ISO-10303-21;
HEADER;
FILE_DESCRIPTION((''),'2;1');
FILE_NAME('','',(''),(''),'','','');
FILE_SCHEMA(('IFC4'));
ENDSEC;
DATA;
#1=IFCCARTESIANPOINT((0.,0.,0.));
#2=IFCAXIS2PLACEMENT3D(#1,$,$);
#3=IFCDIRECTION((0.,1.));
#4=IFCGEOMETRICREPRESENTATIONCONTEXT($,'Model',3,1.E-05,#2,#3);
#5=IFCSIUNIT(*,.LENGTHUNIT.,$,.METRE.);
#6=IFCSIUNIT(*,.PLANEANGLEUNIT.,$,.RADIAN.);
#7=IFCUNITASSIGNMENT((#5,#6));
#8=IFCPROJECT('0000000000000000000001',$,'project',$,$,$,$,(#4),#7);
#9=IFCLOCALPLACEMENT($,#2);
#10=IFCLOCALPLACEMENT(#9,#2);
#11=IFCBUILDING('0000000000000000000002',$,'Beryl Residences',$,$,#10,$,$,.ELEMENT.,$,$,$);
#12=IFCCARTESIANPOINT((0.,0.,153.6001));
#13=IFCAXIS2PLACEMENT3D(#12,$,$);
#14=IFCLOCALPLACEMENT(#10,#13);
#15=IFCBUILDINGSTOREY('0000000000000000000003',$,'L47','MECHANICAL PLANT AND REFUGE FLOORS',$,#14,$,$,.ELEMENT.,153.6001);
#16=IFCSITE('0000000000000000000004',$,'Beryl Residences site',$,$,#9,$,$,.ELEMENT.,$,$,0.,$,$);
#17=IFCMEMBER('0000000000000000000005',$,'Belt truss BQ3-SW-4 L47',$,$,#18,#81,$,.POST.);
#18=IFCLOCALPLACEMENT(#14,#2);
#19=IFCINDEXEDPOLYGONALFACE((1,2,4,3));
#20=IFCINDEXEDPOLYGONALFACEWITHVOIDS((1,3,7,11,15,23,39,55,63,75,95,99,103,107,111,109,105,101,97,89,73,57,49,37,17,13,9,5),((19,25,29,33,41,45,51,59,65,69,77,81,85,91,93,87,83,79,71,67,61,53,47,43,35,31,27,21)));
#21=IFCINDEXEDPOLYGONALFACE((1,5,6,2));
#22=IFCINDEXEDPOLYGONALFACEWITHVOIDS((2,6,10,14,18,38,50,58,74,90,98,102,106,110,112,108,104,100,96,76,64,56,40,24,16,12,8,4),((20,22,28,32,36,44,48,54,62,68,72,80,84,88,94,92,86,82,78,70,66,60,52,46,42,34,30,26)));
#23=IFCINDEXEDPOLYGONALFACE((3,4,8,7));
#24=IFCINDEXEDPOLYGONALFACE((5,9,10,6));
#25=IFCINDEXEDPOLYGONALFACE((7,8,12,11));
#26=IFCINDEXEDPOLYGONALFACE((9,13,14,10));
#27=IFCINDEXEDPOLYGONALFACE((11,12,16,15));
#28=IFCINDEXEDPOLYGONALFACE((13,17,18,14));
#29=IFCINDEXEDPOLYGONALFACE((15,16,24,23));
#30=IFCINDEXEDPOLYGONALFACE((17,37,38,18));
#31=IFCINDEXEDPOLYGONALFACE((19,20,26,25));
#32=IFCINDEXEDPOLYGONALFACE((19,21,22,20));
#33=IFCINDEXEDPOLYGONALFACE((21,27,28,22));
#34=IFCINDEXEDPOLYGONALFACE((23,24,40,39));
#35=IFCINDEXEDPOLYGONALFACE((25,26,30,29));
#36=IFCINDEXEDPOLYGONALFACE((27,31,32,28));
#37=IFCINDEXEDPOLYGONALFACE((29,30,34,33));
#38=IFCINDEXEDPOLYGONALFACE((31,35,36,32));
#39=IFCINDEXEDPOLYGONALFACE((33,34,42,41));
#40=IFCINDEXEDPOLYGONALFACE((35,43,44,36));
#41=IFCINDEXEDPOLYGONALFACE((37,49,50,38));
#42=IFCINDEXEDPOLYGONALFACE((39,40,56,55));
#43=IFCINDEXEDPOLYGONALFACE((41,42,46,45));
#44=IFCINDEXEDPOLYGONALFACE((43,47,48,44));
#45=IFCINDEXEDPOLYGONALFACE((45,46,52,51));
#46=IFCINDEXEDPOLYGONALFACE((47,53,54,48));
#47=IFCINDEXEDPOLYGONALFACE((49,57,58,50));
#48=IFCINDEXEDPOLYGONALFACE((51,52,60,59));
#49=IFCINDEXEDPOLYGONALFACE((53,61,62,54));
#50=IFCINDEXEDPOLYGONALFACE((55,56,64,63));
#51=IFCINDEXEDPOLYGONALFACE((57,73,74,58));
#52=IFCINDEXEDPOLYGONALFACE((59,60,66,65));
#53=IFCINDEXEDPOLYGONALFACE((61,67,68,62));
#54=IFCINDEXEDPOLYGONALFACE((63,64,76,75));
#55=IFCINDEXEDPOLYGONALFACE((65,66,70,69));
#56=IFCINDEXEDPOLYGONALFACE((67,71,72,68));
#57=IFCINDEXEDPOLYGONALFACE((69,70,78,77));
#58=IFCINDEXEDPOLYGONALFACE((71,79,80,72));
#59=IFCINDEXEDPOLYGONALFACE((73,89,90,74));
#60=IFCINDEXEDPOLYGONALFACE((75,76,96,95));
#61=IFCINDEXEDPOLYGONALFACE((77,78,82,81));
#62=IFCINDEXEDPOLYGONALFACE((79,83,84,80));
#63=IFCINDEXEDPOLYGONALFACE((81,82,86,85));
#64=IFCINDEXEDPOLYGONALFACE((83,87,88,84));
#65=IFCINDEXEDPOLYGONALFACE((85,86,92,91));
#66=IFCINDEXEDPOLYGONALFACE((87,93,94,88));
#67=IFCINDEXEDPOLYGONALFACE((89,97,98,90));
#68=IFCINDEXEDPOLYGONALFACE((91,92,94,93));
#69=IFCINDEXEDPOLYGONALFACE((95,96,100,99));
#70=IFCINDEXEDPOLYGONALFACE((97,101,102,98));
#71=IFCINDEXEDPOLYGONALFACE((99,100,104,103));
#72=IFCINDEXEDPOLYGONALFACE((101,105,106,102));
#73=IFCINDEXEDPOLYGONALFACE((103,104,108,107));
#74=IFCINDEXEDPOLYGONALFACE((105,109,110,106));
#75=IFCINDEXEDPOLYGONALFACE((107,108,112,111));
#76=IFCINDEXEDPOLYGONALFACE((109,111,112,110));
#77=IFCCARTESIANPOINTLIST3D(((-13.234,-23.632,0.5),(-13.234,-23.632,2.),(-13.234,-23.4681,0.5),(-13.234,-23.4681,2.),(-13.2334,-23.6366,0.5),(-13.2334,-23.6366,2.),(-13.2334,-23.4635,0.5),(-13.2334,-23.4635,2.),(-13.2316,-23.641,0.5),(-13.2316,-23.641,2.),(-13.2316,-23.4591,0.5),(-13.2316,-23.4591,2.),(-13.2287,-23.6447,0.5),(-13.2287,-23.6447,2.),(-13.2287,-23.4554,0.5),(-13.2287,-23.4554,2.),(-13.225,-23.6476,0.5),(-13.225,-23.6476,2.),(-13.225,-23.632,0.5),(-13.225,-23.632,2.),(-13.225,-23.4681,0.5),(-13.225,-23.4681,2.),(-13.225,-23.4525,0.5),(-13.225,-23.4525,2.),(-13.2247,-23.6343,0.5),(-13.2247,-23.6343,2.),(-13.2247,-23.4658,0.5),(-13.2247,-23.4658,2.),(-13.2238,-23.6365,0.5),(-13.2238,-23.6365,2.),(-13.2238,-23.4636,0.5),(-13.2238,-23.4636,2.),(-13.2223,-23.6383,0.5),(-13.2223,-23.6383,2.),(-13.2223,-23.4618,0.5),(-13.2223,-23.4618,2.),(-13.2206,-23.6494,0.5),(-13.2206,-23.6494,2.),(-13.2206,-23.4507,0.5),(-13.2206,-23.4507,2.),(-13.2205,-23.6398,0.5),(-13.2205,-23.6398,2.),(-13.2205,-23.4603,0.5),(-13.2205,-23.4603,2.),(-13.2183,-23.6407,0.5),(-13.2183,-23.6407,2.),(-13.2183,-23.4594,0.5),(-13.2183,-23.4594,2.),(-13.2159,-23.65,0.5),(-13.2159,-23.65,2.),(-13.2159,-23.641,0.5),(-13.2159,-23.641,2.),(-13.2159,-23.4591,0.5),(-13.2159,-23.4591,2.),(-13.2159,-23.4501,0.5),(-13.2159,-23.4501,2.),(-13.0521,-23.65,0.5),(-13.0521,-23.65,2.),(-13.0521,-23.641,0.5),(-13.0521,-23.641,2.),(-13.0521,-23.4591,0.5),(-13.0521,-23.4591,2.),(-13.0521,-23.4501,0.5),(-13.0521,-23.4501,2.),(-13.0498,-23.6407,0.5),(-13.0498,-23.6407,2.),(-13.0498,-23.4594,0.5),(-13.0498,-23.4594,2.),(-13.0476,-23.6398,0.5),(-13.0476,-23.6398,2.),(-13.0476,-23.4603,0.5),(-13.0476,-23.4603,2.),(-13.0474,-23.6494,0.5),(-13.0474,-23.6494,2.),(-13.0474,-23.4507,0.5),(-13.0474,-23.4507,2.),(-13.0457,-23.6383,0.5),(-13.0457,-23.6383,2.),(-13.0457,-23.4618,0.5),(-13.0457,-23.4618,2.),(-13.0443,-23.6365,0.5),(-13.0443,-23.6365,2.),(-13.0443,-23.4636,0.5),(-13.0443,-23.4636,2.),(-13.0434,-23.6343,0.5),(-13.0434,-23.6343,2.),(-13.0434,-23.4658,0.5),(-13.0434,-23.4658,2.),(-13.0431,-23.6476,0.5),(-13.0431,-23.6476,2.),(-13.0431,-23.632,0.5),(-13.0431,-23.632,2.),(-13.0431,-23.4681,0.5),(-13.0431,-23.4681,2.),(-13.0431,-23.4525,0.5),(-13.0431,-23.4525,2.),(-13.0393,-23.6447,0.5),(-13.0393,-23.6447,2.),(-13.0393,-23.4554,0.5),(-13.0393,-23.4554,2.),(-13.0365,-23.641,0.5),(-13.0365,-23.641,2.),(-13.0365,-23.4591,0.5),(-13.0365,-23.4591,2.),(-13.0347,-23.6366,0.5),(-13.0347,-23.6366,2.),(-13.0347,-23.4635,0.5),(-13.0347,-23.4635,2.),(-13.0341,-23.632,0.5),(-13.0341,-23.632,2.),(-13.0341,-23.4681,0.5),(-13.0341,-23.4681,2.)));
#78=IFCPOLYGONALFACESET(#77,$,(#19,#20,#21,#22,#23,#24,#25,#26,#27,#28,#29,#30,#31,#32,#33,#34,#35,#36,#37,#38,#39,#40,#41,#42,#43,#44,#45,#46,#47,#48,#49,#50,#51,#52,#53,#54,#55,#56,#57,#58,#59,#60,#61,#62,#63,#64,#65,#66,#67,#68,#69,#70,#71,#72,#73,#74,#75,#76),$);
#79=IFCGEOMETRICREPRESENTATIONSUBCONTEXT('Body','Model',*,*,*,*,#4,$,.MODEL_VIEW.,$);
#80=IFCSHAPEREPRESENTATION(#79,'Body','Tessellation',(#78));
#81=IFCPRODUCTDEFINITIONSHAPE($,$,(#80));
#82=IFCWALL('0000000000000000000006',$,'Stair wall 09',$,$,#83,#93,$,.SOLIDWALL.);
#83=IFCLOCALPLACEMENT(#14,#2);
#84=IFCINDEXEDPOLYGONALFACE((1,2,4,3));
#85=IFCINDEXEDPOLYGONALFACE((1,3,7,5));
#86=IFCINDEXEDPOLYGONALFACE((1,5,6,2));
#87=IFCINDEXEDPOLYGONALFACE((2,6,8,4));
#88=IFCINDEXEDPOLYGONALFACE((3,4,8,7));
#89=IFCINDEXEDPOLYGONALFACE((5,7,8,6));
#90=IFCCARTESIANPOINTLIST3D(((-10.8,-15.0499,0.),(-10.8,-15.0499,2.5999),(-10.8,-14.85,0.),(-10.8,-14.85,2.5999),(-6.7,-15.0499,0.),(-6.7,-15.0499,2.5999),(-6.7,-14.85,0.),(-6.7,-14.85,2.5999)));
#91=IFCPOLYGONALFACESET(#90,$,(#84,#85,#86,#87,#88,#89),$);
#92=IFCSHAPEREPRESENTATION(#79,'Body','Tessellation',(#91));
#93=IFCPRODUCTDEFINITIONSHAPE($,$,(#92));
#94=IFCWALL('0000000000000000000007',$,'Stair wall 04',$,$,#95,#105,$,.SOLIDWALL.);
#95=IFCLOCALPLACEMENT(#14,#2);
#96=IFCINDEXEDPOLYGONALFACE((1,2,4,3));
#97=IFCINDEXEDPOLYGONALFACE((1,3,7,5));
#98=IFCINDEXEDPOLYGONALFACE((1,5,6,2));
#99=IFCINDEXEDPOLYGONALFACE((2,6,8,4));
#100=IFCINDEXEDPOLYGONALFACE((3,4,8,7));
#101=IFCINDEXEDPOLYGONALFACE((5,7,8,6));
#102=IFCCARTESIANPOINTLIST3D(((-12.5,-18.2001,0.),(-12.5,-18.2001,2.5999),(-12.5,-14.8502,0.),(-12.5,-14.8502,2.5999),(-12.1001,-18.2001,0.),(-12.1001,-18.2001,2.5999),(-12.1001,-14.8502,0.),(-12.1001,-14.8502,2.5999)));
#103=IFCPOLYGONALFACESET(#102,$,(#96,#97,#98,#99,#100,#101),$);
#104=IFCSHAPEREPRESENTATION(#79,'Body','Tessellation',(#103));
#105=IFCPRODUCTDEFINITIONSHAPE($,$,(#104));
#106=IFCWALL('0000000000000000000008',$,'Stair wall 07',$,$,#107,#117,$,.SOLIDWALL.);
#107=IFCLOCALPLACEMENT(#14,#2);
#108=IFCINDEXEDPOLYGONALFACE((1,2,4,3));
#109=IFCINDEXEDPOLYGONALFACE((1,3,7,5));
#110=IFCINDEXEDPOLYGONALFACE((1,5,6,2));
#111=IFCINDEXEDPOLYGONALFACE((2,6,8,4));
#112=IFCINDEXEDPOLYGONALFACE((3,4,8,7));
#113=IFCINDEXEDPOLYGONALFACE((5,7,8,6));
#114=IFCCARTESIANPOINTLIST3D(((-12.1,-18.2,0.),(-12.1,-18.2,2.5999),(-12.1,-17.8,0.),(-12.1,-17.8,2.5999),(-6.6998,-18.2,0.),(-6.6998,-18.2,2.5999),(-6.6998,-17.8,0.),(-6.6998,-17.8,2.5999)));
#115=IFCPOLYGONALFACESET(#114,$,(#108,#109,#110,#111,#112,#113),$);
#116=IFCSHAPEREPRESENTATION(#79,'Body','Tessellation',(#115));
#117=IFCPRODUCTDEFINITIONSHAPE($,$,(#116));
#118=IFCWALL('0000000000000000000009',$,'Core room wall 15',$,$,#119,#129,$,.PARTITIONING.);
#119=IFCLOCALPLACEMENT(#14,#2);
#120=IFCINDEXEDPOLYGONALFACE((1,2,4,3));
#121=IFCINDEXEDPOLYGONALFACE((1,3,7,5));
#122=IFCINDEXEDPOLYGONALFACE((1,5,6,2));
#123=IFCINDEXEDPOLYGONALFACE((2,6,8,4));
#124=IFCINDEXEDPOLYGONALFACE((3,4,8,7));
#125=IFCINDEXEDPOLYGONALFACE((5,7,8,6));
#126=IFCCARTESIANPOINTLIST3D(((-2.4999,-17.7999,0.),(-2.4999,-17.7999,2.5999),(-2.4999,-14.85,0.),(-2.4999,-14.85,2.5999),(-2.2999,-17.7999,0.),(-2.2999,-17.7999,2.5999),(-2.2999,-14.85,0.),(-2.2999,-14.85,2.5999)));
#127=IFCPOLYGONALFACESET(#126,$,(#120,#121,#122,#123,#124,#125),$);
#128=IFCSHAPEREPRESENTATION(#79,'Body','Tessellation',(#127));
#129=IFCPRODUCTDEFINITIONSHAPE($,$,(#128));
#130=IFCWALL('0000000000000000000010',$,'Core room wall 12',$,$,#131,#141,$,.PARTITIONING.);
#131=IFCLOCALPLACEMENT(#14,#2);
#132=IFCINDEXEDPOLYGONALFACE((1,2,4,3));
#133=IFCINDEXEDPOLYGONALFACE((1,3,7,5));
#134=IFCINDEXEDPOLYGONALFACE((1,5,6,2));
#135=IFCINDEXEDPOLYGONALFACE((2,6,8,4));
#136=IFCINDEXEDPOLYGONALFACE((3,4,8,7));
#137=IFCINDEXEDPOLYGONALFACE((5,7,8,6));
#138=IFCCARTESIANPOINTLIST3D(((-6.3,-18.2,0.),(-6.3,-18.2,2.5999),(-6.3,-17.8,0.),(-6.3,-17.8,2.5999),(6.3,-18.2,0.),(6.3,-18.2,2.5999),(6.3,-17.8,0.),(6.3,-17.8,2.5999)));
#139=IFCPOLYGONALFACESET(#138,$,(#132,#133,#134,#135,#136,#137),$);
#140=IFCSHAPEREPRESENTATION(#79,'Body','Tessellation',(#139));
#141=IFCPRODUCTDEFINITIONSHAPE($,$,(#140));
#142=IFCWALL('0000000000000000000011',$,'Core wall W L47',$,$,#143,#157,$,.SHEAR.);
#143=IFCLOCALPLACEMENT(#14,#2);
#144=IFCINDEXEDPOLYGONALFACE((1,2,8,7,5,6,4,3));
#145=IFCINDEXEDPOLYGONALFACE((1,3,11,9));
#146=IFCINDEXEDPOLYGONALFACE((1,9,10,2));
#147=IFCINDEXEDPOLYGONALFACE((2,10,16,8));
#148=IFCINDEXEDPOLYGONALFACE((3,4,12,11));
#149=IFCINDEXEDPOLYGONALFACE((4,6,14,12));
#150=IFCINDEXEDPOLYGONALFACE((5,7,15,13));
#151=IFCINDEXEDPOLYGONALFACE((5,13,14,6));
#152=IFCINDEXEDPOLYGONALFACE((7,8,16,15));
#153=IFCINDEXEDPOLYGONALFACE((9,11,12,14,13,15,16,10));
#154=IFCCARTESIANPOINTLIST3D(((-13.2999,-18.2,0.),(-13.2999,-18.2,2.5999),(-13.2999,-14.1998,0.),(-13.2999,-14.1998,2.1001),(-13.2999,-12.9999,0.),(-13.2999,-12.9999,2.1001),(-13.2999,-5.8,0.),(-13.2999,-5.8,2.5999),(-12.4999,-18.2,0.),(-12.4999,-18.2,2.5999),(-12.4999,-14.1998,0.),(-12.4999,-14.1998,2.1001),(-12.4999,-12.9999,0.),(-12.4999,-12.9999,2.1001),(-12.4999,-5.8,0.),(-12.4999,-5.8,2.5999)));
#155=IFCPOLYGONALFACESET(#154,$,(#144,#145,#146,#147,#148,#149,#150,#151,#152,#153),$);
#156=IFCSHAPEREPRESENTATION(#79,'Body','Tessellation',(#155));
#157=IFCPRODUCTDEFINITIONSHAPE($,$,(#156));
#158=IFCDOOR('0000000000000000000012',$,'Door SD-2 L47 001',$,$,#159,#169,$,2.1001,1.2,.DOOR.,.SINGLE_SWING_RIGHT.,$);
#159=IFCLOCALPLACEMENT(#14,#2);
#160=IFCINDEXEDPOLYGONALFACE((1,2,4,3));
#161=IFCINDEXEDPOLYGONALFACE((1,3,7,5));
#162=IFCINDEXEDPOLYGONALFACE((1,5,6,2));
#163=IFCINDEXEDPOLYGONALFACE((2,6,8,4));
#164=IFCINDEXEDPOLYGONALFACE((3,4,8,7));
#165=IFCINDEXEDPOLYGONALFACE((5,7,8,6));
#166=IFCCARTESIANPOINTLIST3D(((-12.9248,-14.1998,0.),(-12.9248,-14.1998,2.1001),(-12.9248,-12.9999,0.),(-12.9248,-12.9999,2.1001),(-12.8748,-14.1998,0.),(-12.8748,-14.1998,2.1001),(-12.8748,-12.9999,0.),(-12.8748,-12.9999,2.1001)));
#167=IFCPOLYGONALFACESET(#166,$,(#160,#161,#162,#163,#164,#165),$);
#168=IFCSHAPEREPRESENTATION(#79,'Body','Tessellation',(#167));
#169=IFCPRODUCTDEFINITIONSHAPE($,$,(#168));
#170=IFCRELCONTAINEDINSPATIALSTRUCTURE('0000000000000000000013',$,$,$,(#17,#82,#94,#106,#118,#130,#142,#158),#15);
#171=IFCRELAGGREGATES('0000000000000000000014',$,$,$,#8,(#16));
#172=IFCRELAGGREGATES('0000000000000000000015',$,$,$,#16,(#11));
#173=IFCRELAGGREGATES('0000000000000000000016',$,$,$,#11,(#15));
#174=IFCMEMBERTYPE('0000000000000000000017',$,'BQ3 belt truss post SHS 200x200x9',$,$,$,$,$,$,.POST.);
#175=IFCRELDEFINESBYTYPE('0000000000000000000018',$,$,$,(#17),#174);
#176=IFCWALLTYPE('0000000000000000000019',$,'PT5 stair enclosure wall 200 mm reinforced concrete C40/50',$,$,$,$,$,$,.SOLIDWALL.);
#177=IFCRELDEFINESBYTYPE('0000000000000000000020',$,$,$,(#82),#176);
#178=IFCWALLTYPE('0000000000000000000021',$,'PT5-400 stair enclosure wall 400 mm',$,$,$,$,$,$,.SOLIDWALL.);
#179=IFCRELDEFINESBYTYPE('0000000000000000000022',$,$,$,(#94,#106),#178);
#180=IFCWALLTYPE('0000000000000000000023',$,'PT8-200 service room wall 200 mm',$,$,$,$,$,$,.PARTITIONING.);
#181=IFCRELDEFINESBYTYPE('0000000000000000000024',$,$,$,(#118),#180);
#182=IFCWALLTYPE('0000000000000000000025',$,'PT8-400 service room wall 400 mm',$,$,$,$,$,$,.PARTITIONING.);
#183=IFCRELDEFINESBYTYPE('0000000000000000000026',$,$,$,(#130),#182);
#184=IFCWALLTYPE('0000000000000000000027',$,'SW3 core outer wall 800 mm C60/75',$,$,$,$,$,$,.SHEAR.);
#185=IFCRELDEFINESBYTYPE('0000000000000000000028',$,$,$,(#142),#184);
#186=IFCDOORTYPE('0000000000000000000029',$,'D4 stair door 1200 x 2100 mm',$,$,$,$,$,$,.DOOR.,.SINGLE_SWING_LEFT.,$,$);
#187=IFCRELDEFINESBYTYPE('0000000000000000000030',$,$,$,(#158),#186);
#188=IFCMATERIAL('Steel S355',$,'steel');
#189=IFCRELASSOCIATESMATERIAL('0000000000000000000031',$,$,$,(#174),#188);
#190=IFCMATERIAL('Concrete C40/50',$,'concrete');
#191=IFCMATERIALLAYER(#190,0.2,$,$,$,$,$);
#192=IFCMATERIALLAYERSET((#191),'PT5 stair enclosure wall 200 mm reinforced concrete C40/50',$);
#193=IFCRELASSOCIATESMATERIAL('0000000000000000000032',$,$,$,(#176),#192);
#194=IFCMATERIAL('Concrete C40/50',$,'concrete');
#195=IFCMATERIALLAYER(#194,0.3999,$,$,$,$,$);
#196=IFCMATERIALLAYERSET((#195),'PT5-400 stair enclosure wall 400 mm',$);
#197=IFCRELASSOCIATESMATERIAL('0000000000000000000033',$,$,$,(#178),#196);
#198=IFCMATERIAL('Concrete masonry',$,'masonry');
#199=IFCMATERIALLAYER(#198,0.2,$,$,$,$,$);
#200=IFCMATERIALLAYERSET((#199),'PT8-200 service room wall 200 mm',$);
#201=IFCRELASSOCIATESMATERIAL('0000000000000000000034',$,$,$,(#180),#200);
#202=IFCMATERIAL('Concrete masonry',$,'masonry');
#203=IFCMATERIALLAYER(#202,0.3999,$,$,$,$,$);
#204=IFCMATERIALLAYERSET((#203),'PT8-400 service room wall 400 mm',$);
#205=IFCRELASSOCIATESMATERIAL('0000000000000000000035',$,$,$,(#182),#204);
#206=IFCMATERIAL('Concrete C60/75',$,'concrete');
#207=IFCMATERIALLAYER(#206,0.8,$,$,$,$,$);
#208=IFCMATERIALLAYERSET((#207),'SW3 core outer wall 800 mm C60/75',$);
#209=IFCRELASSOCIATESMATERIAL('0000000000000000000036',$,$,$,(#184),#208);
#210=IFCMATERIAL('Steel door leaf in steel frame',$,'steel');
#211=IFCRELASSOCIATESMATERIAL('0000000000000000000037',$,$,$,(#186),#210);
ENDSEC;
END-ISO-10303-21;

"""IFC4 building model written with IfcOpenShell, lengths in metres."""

from ifc_helpers import new_model, si_unit, direction, frame, frame_2d, origin, origin_2d, place, context, subcontext, project, spatial, rectangle, hollow_rectangle, extrude, material, layer, layer_set, material_profile, profile_set, type_object, element, fill, save


model = new_model("IFC4")

# Units and contexts
model_context = context("Model", 3, precision=1e-05, world=origin(), true_north=direction((0.0, 1.0)))
body_context = subcontext(model_context, "Body", "Model", "MODEL_VIEW")
ifc_project = project(units=[si_unit("LENGTHUNIT", "METRE"), si_unit("PLANEANGLEUNIT", "RADIAN")], contexts=[model_context])

# Site, building, storey
site_placement = place(None, origin())
site = spatial("IfcSite", under=ifc_project, at=site_placement, Name="Beryl Residences site", CompositionType="ELEMENT", RefElevation=0.0)
building_placement = place(site_placement, origin())
building = spatial("IfcBuilding", under=site, at=building_placement, Name="Beryl Residences", CompositionType="ELEMENT")
storey_placement = place(building_placement, frame((0.0, 0.0, 153.6001)))
storey = spatial("IfcBuildingStorey", under=building, at=storey_placement, Name="L47", Description="MECHANICAL PLANT AND REFUGE FLOORS", CompositionType="ELEMENT", Elevation=153.6001)

# Member
ifc_material_1 = material(Name="Steel S355", Category="steel")
ifc_material_profile = material_profile(ifc_material_1, hollow_rectangle(XDim=0.2, YDim=0.2, WallThickness=0.009, InnerFilletRadius=0.009, OuterFilletRadius=0.0181, at=origin_2d()))
ifc_profile_set = profile_set([ifc_material_profile], Name="Steel S355")
member_type = type_object("IfcMemberType", Name="BQ3 belt truss post SHS 200x200x9", PredefinedType="POST", material=ifc_profile_set)
member_placement = place(storey_placement, frame((-13.134, -23.55, 0.5), z_axis=(0.0, 0.0, 1.0), x_axis=(1.0, 0.0, 0.0)))
element("IfcMember", 1, at=member_placement, inside=storey, type_object=member_type, Name="Belt truss BQ3-SW-4 L47", PredefinedType="POST", context=body_context, shape_type="SweptSolid", body=[
    extrude(hollow_rectangle(XDim=0.2, YDim=0.2, WallThickness=0.009, InnerFilletRadius=0.009, OuterFilletRadius=0.0181, at=origin_2d()), origin(), (0.0, 0.0, 1.0), 1.5),
])

# Walls
ifc_material_2 = material(Name="Concrete C40/50", Category="concrete")
ifc_layer_1 = layer(ifc_material_2, 0.2)
ifc_layer_set_1 = layer_set([ifc_layer_1], Name="PT5 stair enclosure wall 200 mm reinforced concrete C40/50")
wall_type_1 = type_object("IfcWallType", Name="PT5 stair enclosure wall 200 mm reinforced concrete C40/50", PredefinedType="SOLIDWALL", material=ifc_layer_set_1)
wall_1_placement = place(storey_placement, frame((-10.8, -14.95, 0.0), z_axis=(0.0, 0.0, 1.0), x_axis=(1.0, 0.0, 0.0)))
element("IfcWall", 2, at=wall_1_placement, inside=storey, type_object=wall_type_1, Name="Stair wall 09", PredefinedType="SOLIDWALL", context=body_context, shape_type="SweptSolid", body=[
    extrude(rectangle(XDim=4.1001, YDim=0.2, at=frame_2d((2.05, 0.0))), origin(), (0.0, 0.0, 1.0), 2.5999),
])
ifc_material_3 = material(Name="Concrete C40/50", Category="concrete")
ifc_layer_2 = layer(ifc_material_3, 0.3999)
ifc_layer_set_2 = layer_set([ifc_layer_2], Name="PT5-400 stair enclosure wall 400 mm")
wall_type_2 = type_object("IfcWallType", Name="PT5-400 stair enclosure wall 400 mm", PredefinedType="SOLIDWALL", material=ifc_layer_set_2)
wall_2_placement = place(storey_placement, frame((-12.3, -18.2, 0.0), z_axis=(0.0, 0.0, 1.0), x_axis=(0.0, 1.0, 0.0)))
element("IfcWall", 3, at=wall_2_placement, inside=storey, type_object=wall_type_2, Name="Stair wall 04", PredefinedType="SOLIDWALL", context=body_context, shape_type="SweptSolid", body=[
    extrude(rectangle(XDim=3.3499, YDim=0.3999, at=frame_2d((1.6748, 0.0))), origin(), (0.0, 0.0, 1.0), 2.5999),
])
wall_3_placement = place(storey_placement, frame((-12.1001, -18.0, 0.0), z_axis=(0.0, 0.0, 1.0), x_axis=(1.0, 0.0, 0.0)))
element("IfcWall", 4, at=wall_3_placement, inside=storey, type_object=wall_type_2, Name="Stair wall 07", PredefinedType="SOLIDWALL", context=body_context, shape_type="SweptSolid", body=[
    extrude(rectangle(XDim=5.4001, YDim=0.3999, at=frame_2d((2.7002, 0.0))), origin(), (0.0, 0.0, 1.0), 2.5999),
])
ifc_material_4 = material(Name="Concrete masonry", Category="masonry")
ifc_layer_3 = layer(ifc_material_4, 0.2)
ifc_layer_set_3 = layer_set([ifc_layer_3], Name="PT8-200 service room wall 200 mm")
wall_type_3 = type_object("IfcWallType", Name="PT8-200 service room wall 200 mm", PredefinedType="PARTITIONING", material=ifc_layer_set_3)
wall_4_placement = place(storey_placement, frame((-2.3999, -17.8, 0.0), z_axis=(0.0, 0.0, 1.0), x_axis=(0.0, 1.0, 0.0)))
element("IfcWall", 5, at=wall_4_placement, inside=storey, type_object=wall_type_3, Name="Core room wall 15", PredefinedType="PARTITIONING", context=body_context, shape_type="SweptSolid", body=[
    extrude(rectangle(XDim=2.95, YDim=0.2, at=frame_2d((1.4751, 0.0))), origin(), (0.0, 0.0, 1.0), 2.5999),
])
ifc_material_5 = material(Name="Concrete masonry", Category="masonry")
ifc_layer_4 = layer(ifc_material_5, 0.3999)
ifc_layer_set_4 = layer_set([ifc_layer_4], Name="PT8-400 service room wall 400 mm")
wall_type_4 = type_object("IfcWallType", Name="PT8-400 service room wall 400 mm", PredefinedType="PARTITIONING", material=ifc_layer_set_4)
wall_5_placement = place(storey_placement, frame((-6.3, -18.0, 0.0), z_axis=(0.0, 0.0, 1.0), x_axis=(1.0, 0.0, 0.0)))
element("IfcWall", 6, at=wall_5_placement, inside=storey, type_object=wall_type_4, Name="Core room wall 12", PredefinedType="PARTITIONING", context=body_context, shape_type="SweptSolid", body=[
    extrude(rectangle(XDim=12.6001, YDim=0.3999, at=frame_2d((6.3, 0.0))), origin(), (0.0, 0.0, 1.0), 2.5999),
])

# Wall, opening, door
ifc_material_6 = material(Name="Concrete C60/75", Category="concrete")
ifc_layer_5 = layer(ifc_material_6, 0.8)
ifc_layer_set_5 = layer_set([ifc_layer_5], Name="SW3 core outer wall 800 mm C60/75")
wall_type_5 = type_object("IfcWallType", Name="SW3 core outer wall 800 mm C60/75", PredefinedType="SHEAR", material=ifc_layer_set_5)
wall_6_placement = place(storey_placement, frame((-12.8999, -18.2, 0.0), z_axis=(0.0, 0.0, 1.0), x_axis=(0.0, 1.0, 0.0)))
wall_6 = element("IfcWall", 7, at=wall_6_placement, inside=storey, type_object=wall_type_5, Name="Core wall W L47", PredefinedType="SHEAR", context=body_context, shape_type="SweptSolid", body=[
    extrude(rectangle(XDim=12.3999, YDim=0.8, at=frame_2d((6.2, 0.0))), origin(), (0.0, 0.0, 1.0), 2.5999),
])
opening_1_placement = place(wall_6_placement, frame((4.0, 0.0, 0.0)))
opening_1 = element("IfcOpeningElement", 8, at=opening_1_placement, cuts=wall_6, PredefinedType="OPENING", context=body_context, shape_type="SweptSolid", body=[
    extrude(rectangle(XDim=1.2, YDim=2.1001, at=frame_2d((0.6001, 1.05))), frame((0.0, 0.4099, 0.0), z_axis=(0.0, -1.0, 0.0), x_axis=(1.0, 0.0, 0.0)), (0.0, 0.0, 1.0), 0.8201),
])
ifc_material_7 = material(Name="Steel door leaf in steel frame", Category="steel")
door_type_1 = type_object("IfcDoorType", Name="D4 stair door 1200 x 2100 mm", OperationType="SINGLE_SWING_LEFT", PredefinedType="DOOR", material=ifc_material_7)
door_1_placement = place(opening_1_placement, origin())
door_1 = element("IfcDoor", 9, at=door_1_placement, inside=storey, type_object=door_type_1, Name="Door SD-2 L47 001", OperationType="SINGLE_SWING_RIGHT", OverallHeight=2.1001, OverallWidth=1.2, PredefinedType="DOOR", context=body_context, shape_type="SweptSolid", body=[
    extrude(rectangle(XDim=1.2, YDim=2.1001, at=frame_2d((0.6001, 1.05))), frame((0.0, 0.0249, 0.0), z_axis=(0.0, -1.0, 0.0), x_axis=(1.0, 0.0, 0.0)), (0.0, 0.0, 1.0), 0.05),
])
fill(opening_1, door_1)

save(model, "model.ifc")
